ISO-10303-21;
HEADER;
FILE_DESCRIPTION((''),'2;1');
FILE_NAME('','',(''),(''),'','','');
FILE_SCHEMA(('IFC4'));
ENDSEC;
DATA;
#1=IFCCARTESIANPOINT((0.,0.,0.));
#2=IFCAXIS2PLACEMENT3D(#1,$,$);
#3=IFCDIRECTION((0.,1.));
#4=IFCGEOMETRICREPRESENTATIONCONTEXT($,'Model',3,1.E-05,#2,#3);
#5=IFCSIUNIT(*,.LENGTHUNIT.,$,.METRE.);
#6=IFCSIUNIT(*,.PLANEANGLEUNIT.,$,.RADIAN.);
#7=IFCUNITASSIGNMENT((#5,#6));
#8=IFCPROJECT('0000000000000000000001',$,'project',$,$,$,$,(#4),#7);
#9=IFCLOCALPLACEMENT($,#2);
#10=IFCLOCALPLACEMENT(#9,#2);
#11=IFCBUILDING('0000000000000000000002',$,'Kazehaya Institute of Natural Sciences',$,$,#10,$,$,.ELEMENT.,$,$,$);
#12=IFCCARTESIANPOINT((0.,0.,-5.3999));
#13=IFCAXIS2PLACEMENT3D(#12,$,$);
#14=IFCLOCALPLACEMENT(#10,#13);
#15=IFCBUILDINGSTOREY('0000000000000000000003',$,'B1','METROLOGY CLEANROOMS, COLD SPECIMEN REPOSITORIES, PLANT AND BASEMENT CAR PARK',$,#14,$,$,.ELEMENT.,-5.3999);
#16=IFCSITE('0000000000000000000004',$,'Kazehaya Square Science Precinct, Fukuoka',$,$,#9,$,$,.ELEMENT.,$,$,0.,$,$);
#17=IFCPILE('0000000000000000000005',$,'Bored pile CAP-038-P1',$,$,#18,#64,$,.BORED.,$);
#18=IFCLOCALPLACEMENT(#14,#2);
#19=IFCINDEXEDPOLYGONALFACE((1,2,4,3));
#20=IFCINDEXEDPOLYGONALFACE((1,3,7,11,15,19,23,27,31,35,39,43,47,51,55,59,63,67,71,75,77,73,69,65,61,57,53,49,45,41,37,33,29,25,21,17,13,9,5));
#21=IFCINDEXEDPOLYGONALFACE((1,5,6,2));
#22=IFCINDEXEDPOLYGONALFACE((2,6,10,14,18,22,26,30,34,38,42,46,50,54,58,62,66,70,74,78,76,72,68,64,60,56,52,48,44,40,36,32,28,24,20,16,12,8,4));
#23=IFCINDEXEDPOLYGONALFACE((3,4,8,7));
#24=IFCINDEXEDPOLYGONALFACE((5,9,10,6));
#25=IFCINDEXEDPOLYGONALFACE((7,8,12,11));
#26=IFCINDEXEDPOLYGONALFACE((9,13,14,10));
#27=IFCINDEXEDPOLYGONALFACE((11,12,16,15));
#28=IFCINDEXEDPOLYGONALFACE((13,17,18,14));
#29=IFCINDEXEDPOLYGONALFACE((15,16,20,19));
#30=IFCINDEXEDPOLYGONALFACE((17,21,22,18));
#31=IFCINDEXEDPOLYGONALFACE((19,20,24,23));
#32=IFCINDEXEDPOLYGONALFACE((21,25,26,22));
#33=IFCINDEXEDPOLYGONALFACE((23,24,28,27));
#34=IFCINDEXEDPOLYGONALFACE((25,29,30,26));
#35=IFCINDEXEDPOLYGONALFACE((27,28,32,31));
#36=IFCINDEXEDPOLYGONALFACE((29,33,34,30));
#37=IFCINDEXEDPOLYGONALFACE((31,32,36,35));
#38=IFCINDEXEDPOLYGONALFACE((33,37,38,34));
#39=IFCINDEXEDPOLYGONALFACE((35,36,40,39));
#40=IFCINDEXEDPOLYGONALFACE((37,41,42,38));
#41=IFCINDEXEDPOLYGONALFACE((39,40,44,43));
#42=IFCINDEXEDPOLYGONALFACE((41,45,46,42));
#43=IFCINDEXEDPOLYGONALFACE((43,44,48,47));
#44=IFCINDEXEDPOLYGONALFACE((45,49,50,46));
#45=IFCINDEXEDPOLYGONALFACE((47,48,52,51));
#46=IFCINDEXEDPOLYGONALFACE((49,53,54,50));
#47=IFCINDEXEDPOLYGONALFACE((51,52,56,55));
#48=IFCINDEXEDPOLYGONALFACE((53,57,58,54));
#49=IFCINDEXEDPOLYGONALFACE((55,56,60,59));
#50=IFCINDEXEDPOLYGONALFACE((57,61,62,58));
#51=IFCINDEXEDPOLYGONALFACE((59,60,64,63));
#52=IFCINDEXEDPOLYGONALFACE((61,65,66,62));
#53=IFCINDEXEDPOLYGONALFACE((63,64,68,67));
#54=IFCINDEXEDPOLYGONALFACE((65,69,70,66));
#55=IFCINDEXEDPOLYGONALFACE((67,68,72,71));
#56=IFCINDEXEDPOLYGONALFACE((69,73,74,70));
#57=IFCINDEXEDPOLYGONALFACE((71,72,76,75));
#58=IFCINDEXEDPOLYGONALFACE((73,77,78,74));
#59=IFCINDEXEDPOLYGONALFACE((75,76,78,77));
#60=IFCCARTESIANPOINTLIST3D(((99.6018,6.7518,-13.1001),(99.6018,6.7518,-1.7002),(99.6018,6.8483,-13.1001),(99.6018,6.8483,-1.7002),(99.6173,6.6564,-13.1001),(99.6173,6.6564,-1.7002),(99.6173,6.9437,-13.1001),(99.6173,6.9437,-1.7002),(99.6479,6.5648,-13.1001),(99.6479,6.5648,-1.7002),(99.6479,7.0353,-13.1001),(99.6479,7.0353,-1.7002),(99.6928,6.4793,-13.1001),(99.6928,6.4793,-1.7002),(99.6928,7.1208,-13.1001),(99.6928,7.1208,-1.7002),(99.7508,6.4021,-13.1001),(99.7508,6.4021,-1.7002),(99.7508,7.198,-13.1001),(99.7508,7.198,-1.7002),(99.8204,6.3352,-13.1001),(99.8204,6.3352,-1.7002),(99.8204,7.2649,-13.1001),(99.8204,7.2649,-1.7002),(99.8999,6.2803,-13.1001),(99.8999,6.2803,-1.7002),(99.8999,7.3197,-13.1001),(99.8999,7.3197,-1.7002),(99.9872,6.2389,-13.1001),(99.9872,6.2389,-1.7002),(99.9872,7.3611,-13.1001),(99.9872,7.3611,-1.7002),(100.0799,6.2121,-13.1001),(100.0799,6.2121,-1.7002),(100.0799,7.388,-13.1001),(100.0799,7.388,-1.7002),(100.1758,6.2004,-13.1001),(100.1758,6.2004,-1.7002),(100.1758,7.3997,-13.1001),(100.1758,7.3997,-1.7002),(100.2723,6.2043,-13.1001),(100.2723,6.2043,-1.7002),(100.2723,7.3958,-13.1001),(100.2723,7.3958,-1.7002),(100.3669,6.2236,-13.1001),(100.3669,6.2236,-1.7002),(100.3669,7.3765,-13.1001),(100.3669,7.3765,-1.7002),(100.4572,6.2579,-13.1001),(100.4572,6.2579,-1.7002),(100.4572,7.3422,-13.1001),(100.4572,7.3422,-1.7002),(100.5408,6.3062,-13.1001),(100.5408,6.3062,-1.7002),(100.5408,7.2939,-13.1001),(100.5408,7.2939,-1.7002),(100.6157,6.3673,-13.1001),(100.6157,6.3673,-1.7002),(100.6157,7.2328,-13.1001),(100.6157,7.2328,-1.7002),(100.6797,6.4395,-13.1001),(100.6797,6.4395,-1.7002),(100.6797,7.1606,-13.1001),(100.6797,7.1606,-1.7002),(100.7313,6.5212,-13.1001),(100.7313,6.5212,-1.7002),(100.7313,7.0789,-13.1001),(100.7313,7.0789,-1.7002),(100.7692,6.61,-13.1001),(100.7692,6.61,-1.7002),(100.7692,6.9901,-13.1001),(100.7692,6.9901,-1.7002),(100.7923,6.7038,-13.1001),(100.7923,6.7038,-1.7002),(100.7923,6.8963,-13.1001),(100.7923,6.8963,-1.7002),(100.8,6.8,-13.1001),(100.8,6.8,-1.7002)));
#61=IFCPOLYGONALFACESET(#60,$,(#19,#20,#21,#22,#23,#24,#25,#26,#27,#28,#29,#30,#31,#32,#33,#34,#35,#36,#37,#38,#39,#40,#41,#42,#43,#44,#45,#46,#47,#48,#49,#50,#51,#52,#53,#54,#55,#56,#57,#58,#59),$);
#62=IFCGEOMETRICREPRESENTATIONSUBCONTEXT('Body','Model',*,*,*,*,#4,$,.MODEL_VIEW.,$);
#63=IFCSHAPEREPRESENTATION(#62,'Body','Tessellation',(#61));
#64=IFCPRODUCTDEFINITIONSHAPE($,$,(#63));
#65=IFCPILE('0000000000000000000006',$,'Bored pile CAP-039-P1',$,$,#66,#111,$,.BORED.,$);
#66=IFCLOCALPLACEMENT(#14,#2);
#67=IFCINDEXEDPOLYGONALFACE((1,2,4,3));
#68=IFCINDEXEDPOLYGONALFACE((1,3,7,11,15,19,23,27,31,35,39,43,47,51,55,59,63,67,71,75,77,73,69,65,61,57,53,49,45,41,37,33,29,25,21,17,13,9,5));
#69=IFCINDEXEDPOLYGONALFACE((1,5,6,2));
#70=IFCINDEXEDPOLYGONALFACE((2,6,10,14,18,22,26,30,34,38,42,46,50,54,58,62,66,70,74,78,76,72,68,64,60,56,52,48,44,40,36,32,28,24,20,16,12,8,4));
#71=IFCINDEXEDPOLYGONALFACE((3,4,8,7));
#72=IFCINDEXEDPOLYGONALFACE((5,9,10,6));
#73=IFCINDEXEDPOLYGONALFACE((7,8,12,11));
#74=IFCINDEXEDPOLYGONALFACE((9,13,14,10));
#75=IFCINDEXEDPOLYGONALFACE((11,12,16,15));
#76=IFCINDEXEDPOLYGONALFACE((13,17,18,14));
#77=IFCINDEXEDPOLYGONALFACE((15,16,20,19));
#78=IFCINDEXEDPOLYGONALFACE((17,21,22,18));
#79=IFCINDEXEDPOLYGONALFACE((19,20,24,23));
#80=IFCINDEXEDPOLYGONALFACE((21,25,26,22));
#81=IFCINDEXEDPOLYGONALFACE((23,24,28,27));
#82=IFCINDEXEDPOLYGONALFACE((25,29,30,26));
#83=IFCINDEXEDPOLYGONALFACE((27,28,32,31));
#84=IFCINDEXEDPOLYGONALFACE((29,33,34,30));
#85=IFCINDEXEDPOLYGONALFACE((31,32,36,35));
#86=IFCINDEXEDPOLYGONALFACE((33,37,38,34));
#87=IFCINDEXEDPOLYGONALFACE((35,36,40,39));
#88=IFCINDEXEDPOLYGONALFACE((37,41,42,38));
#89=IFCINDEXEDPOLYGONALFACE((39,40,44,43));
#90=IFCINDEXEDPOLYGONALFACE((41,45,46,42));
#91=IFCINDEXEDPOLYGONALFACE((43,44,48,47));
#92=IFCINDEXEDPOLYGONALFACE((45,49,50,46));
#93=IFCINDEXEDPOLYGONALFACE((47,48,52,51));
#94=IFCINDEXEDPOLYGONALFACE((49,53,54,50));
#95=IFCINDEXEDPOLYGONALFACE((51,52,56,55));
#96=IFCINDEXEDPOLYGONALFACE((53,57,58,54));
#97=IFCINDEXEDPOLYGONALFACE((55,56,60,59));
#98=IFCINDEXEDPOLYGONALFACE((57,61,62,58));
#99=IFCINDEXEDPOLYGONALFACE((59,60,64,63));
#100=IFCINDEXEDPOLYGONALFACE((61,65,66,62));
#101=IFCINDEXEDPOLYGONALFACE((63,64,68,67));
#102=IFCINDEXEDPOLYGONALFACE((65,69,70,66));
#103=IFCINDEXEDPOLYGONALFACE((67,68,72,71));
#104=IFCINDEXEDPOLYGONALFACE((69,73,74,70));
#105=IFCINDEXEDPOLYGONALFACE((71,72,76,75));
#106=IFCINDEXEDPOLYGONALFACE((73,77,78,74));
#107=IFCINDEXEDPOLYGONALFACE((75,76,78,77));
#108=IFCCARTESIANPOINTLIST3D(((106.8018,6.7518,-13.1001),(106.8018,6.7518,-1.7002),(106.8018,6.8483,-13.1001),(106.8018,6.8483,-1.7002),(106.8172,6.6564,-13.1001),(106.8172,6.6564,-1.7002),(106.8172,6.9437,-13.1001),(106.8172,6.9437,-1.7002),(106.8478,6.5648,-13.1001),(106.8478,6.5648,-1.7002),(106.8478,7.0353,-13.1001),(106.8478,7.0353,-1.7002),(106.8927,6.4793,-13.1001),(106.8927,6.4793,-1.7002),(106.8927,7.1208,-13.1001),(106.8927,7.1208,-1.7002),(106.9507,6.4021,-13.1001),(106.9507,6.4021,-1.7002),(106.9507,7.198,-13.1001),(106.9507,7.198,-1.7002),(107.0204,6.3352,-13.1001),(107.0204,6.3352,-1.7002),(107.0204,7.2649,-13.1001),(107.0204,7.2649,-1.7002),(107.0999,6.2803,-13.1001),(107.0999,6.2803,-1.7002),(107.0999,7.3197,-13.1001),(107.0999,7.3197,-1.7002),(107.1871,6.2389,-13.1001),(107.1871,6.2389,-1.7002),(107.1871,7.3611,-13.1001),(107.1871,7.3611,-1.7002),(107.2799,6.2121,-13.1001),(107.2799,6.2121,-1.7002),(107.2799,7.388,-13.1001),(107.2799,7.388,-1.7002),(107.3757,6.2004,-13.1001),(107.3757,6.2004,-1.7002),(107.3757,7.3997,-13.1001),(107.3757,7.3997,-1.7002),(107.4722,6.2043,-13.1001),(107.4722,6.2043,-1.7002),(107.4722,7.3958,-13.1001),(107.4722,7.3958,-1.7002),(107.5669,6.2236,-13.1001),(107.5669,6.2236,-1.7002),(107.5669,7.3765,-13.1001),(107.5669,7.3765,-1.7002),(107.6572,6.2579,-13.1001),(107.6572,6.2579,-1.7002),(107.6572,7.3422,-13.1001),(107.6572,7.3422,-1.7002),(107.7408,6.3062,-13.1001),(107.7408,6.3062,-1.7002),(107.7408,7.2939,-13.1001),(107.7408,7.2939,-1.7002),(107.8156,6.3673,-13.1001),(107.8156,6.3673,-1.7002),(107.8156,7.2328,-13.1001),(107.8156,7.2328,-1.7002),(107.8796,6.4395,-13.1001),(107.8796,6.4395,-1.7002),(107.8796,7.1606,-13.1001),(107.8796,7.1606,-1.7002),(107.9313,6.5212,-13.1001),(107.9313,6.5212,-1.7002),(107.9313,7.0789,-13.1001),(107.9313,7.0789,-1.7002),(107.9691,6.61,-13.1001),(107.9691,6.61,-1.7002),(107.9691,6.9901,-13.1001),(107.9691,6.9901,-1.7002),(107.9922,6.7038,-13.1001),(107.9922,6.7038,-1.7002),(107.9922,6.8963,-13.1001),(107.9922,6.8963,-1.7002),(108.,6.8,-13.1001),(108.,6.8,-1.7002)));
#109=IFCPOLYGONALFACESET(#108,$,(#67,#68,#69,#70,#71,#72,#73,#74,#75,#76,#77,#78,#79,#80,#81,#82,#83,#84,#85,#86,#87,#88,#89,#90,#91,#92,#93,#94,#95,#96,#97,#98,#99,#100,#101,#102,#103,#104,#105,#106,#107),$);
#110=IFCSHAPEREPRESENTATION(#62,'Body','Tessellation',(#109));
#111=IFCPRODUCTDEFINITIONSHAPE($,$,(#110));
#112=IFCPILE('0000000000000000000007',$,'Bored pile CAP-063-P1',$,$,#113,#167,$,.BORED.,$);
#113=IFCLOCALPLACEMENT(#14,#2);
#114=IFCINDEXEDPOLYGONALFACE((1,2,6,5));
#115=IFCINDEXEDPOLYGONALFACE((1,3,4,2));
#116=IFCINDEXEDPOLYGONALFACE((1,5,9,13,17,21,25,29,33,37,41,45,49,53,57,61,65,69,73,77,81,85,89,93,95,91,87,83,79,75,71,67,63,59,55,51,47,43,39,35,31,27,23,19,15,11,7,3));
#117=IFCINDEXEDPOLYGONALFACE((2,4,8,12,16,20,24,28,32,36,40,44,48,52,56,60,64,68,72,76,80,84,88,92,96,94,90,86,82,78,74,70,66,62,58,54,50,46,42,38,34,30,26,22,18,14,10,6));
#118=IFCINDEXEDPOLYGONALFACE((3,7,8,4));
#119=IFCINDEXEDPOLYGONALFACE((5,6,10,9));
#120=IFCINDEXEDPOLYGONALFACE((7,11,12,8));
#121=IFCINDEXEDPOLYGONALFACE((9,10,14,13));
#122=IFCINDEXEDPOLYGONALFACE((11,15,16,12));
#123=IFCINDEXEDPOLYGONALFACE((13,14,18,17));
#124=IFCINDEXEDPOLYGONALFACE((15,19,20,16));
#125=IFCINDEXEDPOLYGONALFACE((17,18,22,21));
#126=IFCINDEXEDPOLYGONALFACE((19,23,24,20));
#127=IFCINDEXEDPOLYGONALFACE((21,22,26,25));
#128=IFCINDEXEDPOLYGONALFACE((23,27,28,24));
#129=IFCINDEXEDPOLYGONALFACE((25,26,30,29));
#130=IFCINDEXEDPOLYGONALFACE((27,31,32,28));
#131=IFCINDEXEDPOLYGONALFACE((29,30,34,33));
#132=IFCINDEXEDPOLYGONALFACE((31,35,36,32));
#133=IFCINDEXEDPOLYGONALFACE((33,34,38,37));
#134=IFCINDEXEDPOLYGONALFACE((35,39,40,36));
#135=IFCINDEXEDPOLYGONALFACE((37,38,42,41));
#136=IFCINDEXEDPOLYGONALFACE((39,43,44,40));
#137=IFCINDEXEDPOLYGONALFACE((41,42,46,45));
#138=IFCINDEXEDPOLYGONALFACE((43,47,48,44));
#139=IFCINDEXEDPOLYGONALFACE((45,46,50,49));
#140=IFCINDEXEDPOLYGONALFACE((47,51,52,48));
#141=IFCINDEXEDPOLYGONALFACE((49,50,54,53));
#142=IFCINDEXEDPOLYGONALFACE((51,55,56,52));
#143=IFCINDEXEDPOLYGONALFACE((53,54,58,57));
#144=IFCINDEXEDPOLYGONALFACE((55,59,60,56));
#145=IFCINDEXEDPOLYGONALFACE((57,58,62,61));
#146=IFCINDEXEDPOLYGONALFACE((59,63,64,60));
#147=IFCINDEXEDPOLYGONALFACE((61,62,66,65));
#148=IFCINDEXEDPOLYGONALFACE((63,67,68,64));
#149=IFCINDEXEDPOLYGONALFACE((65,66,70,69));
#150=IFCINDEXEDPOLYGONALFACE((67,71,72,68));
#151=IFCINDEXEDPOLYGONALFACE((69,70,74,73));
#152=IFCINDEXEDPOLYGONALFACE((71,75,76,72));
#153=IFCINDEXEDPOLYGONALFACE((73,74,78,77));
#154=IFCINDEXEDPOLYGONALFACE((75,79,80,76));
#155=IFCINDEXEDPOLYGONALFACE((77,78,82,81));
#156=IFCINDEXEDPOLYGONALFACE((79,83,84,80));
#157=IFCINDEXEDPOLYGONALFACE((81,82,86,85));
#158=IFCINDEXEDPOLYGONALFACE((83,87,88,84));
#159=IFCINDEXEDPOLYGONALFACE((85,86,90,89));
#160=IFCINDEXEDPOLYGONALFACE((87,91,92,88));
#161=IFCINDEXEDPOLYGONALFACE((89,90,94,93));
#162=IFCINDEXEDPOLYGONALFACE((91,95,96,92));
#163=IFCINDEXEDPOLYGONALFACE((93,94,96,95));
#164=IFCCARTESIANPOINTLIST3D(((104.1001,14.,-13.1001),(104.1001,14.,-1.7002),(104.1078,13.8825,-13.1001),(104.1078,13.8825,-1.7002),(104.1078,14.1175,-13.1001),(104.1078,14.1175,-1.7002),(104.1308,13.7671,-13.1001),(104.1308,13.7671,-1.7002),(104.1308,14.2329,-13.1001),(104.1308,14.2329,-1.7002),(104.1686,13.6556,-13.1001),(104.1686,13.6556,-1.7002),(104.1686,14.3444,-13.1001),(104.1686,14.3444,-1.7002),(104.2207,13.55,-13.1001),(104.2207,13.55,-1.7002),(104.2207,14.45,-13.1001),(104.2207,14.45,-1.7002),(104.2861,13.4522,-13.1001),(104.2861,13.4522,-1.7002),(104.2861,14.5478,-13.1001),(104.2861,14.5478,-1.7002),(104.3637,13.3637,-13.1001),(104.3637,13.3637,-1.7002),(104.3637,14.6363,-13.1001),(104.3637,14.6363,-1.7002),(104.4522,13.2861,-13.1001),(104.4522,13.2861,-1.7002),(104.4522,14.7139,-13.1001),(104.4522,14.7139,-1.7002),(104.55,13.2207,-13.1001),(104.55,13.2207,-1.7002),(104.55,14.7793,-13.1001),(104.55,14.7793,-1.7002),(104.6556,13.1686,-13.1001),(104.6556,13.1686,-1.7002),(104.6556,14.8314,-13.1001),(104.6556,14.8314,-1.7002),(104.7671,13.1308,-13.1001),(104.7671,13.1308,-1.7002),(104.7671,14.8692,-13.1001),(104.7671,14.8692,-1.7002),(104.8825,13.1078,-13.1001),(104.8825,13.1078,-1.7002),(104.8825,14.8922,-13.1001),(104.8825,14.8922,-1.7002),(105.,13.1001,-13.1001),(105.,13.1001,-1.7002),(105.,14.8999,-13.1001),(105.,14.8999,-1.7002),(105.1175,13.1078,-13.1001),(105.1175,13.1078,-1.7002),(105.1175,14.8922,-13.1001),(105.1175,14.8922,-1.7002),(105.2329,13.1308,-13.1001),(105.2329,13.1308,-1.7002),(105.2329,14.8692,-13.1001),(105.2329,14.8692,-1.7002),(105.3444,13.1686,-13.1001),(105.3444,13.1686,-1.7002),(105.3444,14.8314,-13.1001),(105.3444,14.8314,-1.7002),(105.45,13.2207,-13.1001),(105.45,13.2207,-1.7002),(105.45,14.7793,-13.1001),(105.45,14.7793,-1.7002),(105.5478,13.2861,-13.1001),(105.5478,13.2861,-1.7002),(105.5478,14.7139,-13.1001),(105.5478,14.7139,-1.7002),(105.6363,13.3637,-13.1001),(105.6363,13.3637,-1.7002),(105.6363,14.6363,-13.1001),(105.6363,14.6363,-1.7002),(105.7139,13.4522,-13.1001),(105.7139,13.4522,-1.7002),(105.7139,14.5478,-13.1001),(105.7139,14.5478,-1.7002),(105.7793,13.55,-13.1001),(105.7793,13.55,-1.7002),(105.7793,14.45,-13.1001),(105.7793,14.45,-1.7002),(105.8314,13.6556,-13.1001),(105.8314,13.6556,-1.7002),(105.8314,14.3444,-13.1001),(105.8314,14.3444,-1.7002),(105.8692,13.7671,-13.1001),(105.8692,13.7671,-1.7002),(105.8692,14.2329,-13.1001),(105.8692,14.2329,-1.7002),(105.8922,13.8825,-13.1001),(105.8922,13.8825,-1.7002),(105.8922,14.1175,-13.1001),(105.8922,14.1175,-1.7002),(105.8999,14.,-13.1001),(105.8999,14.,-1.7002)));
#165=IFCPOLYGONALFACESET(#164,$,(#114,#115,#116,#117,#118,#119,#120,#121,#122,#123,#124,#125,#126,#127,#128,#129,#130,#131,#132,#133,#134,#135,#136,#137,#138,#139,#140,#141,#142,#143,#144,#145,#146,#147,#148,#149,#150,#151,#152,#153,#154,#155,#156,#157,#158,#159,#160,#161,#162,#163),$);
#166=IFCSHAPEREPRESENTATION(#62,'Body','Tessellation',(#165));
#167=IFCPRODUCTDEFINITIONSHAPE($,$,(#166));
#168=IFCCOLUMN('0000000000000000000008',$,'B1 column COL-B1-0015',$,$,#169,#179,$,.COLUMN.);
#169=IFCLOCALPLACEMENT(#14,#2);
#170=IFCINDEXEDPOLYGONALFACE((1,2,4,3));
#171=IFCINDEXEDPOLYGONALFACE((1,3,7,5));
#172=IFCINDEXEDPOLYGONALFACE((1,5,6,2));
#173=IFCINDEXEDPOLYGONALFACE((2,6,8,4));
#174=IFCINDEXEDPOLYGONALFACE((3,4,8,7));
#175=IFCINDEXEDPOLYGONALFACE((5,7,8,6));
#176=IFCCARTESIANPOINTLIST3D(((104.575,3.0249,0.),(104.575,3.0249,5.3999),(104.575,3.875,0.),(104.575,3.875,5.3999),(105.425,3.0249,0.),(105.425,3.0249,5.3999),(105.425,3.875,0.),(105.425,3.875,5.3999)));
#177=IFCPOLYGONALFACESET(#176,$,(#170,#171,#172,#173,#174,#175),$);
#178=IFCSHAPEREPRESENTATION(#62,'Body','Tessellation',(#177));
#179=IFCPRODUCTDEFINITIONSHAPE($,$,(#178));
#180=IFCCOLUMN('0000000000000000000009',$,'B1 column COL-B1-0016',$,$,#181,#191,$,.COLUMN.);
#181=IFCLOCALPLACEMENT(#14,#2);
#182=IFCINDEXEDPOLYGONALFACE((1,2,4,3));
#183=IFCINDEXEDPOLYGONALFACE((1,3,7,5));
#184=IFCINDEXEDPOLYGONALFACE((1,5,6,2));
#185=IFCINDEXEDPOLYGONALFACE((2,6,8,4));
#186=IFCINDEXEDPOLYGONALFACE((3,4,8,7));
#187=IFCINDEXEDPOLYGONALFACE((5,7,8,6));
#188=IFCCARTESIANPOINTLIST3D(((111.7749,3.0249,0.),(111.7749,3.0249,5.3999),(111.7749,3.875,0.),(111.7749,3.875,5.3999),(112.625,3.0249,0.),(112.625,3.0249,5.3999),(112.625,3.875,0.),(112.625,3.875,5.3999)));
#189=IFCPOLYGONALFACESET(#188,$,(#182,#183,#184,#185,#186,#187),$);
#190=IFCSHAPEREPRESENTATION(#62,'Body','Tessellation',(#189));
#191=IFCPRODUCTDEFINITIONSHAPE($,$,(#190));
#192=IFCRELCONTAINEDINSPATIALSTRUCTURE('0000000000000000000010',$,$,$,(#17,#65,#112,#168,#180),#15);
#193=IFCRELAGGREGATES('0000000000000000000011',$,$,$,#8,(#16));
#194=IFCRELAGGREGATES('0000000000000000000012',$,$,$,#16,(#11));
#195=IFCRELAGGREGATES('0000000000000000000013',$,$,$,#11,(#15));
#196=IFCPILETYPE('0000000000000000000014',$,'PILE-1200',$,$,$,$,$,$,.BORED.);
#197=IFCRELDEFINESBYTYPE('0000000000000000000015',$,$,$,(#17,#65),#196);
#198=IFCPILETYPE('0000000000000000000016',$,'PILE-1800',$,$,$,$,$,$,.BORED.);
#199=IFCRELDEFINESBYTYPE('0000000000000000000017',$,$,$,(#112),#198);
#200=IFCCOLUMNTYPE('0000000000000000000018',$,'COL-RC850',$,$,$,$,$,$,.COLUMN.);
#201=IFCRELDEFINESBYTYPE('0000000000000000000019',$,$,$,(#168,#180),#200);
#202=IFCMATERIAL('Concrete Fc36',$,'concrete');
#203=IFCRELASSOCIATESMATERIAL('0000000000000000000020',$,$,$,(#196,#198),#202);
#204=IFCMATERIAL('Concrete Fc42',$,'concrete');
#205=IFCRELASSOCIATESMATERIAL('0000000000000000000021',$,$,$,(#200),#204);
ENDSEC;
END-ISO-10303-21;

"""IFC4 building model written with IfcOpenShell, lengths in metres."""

from ifc_helpers import new_model, si_unit, direction, frame, origin, origin_2d, place, context, subcontext, project, spatial, rectangle, circle, extrude, material, material_profile, profile_set, type_object, element, save


model = new_model("IFC4")

# Units and contexts
model_context = context("Model", 3, precision=1e-05, world=origin(), true_north=direction((0.0, 1.0)))
body_context = subcontext(model_context, "Body", "Model", "MODEL_VIEW")
ifc_project = project(units=[si_unit("LENGTHUNIT", "METRE"), si_unit("PLANEANGLEUNIT", "RADIAN")], contexts=[model_context])

# Site, building, storey
site_placement = place(None, origin())
site = spatial("IfcSite", under=ifc_project, at=site_placement, Name="Kazehaya Square Science Precinct, Fukuoka", CompositionType="ELEMENT", RefElevation=0.0)
building_placement = place(site_placement, origin())
building = spatial("IfcBuilding", under=site, at=building_placement, Name="Kazehaya Institute of Natural Sciences", CompositionType="ELEMENT")
storey_placement = place(building_placement, frame((0.0, 0.0, -5.3999)))
storey = spatial("IfcBuildingStorey", under=building, at=storey_placement, Name="B1", Description="METROLOGY CLEANROOMS, COLD SPECIMEN REPOSITORIES, PLANT AND BASEMENT CAR PARK", CompositionType="ELEMENT", Elevation=-5.3999)

# Shared definitions
ifc_material_1 = material(Name="Concrete Fc36", Category="concrete")

# Piles
ifc_material_profile_1 = material_profile(ifc_material_1, circle(Radius=0.6001, at=origin_2d()), Name="PILE-1200")
ifc_profile_set_1 = profile_set([ifc_material_profile_1], Name="Concrete Fc36")
pile_type_1 = type_object("IfcPileType", Name="PILE-1200", PredefinedType="BORED", material=ifc_profile_set_1)
for number, where, z_axis, x_axis, name in (
    (1, (100.2, 6.8, -1.7002), (0.0, 0.0, -1.0), (1.0, 0.0, 0.0), "Bored pile CAP-038-P1"),
    (2, (107.3999, 6.8, -1.7002), (0.0, 0.0, -1.0), (1.0, 0.0, 0.0), "Bored pile CAP-039-P1"),
):
    element("IfcPile", number, at=place(storey_placement, frame(where, z_axis=z_axis, x_axis=x_axis)), inside=storey, type_object=pile_type_1, Name=name, PredefinedType="BORED", context=body_context, shape_type="SweptSolid", body=[
        extrude(circle(Radius=0.6001, at=origin_2d()), origin(), (0.0, 0.0, 1.0), 11.3999),
    ])
ifc_material_profile_2 = material_profile(ifc_material_1, circle(Radius=0.8999, at=origin_2d()), Name="PILE-1800")
ifc_profile_set_2 = profile_set([ifc_material_profile_2], Name="Concrete Fc36")
pile_type_2 = type_object("IfcPileType", Name="PILE-1800", PredefinedType="BORED", material=ifc_profile_set_2)
pile_placement = place(storey_placement, frame((105.0, 14.0, -1.7002), z_axis=(0.0, 0.0, -1.0), x_axis=(1.0, 0.0, 0.0)))
element("IfcPile", 3, at=pile_placement, inside=storey, type_object=pile_type_2, Name="Bored pile CAP-063-P1", PredefinedType="BORED", context=body_context, shape_type="SweptSolid", body=[
    extrude(circle(Radius=0.8999, at=origin_2d()), origin(), (0.0, 0.0, 1.0), 11.3999),
])

# Columns
ifc_material_2 = material(Name="Concrete Fc42", Category="concrete")
ifc_material_profile_3 = material_profile(ifc_material_2, rectangle(XDim=0.8501, YDim=0.8501, at=origin_2d()), Name="RC-850x850")
ifc_profile_set_3 = profile_set([ifc_material_profile_3], Name="Concrete Fc42")
column_type_1 = type_object("IfcColumnType", Name="COL-RC850", PredefinedType="COLUMN", material=ifc_profile_set_3)
for number, where, z_axis, x_axis, name in (
    (4, (105.0, 3.45, 0.0), (0.0, 0.0, 1.0), (1.0, 0.0, 0.0), "B1 column COL-B1-0015"),
    (5, (112.2, 3.45, 0.0), (0.0, 0.0, 1.0), (1.0, 0.0, 0.0), "B1 column COL-B1-0016"),
):
    element("IfcColumn", number, at=place(storey_placement, frame(where, z_axis=z_axis, x_axis=x_axis)), inside=storey, type_object=column_type_1, Name=name, PredefinedType="COLUMN", context=body_context, shape_type="SweptSolid", body=[
        extrude(rectangle(XDim=0.8501, YDim=0.8501, at=origin_2d()), origin(), (0.0, 0.0, 1.0), 5.3999),
    ])

save(model, "model.ifc")
